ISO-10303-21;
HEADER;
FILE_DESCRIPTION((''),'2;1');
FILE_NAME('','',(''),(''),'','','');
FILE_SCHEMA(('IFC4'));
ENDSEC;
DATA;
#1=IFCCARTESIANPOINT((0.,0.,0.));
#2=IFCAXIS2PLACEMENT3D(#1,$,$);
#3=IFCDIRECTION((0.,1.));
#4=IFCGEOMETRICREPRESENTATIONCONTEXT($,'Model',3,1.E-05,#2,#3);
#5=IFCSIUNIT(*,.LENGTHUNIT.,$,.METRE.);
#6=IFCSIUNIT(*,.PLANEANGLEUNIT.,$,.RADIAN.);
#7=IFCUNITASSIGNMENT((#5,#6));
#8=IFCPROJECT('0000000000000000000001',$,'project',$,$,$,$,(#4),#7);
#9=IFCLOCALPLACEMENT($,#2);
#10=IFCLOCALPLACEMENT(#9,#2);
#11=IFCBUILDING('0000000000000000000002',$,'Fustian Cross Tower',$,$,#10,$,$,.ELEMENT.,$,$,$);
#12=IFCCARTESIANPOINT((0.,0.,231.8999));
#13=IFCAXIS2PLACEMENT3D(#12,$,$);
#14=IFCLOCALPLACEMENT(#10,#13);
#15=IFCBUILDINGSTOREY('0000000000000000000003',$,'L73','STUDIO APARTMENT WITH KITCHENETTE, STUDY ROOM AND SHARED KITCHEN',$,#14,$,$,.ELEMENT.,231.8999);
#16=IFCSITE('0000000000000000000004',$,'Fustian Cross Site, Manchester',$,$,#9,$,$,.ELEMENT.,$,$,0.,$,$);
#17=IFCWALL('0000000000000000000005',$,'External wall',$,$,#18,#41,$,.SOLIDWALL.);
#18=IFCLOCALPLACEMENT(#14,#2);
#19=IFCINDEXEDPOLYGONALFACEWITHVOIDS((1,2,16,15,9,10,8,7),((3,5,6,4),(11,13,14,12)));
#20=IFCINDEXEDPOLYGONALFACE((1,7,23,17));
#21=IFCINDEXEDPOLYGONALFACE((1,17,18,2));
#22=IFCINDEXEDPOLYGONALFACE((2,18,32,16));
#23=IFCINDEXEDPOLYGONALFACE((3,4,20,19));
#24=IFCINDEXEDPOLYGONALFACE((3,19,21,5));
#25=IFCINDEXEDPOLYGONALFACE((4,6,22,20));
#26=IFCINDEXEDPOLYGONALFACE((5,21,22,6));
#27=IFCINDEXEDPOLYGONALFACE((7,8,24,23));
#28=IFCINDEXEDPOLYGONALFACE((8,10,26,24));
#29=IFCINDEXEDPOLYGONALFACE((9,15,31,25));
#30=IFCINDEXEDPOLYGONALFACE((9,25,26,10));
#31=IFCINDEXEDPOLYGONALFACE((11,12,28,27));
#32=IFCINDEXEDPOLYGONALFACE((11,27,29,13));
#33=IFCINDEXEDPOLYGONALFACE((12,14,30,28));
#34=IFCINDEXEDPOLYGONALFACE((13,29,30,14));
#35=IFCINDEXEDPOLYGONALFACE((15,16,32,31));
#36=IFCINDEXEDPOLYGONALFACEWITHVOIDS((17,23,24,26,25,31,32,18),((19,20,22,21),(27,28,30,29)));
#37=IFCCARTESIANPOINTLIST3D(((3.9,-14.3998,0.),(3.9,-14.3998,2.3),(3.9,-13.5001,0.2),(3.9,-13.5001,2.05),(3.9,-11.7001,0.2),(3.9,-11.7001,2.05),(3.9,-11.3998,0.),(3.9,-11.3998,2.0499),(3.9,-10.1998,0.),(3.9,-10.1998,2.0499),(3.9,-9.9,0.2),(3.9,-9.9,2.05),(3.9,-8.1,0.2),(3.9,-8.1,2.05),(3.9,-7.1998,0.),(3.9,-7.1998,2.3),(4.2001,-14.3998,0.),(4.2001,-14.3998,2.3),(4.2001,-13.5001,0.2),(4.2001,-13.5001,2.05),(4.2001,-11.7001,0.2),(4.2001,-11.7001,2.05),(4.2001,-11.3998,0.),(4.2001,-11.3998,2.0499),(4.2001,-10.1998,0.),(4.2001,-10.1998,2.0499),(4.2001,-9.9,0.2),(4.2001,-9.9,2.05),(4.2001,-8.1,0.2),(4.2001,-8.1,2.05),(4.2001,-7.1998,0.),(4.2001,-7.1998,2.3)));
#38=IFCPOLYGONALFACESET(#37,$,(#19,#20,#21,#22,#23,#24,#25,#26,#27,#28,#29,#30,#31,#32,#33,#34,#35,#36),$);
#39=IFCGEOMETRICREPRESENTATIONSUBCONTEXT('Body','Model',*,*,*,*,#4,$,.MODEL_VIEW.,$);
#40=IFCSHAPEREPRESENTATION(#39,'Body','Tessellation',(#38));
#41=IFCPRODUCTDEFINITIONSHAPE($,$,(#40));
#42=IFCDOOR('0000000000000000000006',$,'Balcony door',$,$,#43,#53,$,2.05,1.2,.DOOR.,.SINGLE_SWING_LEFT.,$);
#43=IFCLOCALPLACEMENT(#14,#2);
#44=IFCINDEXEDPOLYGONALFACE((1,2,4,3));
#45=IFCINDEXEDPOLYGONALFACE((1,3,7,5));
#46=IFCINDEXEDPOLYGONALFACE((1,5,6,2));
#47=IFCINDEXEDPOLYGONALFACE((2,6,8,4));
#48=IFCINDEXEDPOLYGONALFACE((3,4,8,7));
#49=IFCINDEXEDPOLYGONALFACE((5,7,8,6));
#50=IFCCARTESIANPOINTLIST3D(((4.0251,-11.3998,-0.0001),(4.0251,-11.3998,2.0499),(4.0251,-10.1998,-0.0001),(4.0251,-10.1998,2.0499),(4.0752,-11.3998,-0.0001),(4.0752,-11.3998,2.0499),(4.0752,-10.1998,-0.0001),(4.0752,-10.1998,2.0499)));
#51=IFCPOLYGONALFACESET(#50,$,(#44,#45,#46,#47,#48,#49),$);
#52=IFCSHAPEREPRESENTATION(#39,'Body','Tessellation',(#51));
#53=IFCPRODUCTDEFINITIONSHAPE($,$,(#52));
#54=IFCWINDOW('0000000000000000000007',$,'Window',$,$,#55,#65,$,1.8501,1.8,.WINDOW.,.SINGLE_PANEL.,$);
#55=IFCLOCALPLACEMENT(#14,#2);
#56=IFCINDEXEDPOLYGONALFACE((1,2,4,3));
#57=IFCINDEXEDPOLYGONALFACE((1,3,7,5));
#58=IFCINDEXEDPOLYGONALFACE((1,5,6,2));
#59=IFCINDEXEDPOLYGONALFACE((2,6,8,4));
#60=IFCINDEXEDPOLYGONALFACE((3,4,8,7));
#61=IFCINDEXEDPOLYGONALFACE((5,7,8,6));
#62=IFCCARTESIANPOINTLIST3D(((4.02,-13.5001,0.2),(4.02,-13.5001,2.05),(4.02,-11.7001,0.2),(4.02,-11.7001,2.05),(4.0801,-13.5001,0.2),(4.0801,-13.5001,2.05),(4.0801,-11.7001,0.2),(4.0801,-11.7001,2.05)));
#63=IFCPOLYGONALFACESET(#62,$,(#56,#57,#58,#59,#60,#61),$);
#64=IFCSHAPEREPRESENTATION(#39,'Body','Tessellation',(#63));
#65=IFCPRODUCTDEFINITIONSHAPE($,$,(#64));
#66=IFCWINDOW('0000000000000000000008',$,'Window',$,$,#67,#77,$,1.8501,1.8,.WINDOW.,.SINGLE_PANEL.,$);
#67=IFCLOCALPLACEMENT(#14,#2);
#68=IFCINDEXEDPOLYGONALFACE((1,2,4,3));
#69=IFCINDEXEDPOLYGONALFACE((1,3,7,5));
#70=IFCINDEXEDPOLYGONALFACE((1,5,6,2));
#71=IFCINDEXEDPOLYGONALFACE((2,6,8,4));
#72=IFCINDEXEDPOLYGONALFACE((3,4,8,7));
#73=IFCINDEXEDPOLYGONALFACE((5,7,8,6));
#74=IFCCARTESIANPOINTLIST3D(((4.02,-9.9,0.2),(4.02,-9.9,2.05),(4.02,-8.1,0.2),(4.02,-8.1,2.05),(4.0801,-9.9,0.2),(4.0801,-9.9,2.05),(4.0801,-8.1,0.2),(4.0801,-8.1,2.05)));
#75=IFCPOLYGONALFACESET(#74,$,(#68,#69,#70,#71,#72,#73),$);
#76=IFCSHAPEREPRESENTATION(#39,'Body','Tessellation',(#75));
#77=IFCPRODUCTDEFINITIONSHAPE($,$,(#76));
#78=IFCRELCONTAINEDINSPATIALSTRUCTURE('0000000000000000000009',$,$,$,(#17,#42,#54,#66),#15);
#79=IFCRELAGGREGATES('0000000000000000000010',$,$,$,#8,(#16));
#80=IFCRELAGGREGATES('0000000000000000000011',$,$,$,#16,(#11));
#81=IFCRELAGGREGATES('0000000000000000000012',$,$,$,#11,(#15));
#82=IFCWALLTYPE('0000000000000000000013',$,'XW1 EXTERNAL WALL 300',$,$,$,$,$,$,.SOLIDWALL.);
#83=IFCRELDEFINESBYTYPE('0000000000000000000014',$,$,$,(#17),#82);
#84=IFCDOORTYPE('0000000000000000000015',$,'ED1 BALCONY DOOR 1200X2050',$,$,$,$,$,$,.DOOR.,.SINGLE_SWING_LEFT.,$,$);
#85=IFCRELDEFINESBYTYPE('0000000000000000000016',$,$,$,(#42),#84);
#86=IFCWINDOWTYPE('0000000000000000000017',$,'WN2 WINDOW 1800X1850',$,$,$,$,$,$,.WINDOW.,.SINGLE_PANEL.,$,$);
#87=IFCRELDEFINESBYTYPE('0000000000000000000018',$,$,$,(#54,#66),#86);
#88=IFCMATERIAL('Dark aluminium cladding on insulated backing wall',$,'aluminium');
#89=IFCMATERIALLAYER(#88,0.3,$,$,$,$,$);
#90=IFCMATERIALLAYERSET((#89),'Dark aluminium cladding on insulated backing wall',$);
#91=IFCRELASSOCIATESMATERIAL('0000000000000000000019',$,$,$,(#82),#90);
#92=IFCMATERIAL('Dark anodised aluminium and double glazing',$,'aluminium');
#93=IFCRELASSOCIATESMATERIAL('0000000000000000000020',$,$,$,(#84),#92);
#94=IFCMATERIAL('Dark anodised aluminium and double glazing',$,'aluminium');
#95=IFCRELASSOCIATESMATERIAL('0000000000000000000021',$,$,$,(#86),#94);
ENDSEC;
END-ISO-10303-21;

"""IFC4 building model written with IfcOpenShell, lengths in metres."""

from ifc_helpers import new_model, si_unit, direction, frame, frame_2d, origin, place, context, subcontext, project, spatial, rectangle, extrude, material, layer, layer_set, type_object, element, fill, save


model = new_model("IFC4")

# Units and contexts
model_context = context("Model", 3, precision=1e-05, world=origin(), true_north=direction((0.0, 1.0)))
body_context = subcontext(model_context, "Body", "Model", "MODEL_VIEW")
ifc_project = project(units=[si_unit("LENGTHUNIT", "METRE"), si_unit("PLANEANGLEUNIT", "RADIAN")], contexts=[model_context])

# Site, building, storey
site_placement = place(None, origin())
site = spatial("IfcSite", under=ifc_project, at=site_placement, Name="Fustian Cross Site, Manchester", CompositionType="ELEMENT", RefElevation=0.0)
building_placement = place(site_placement, origin())
building = spatial("IfcBuilding", under=site, at=building_placement, Name="Fustian Cross Tower", CompositionType="ELEMENT")
storey_placement = place(building_placement, frame((0.0, 0.0, 231.8999)))
storey = spatial("IfcBuildingStorey", under=building, at=storey_placement, Name="L73", Description="STUDIO APARTMENT WITH KITCHENETTE, STUDY ROOM AND SHARED KITCHEN", CompositionType="ELEMENT", Elevation=231.8999)

# Shared definitions
ifc_material_1 = material(Name="Dark aluminium cladding on insulated backing wall", Category="aluminium")
ifc_layer_1 = layer(ifc_material_1, 0.3)
ifc_layer_set_1 = layer_set([ifc_layer_1], Name="Dark aluminium cladding on insulated backing wall")
wall_type_1 = type_object("IfcWallType", Name="XW1 EXTERNAL WALL 300", PredefinedType="SOLIDWALL", material=ifc_layer_set_1)

# Wall, openings, door, windows
wall_1_placement = place(storey_placement, frame((4.05, -14.3999, 0.0), z_axis=(0.0, 0.0, 1.0), x_axis=(0.0, 1.0, 0.0)))
wall_1 = element("IfcWall", 1, at=wall_1_placement, inside=storey, type_object=wall_type_1, Name="External wall", PredefinedType="SOLIDWALL", context=body_context, shape_type="SweptSolid", body=[
    extrude(rectangle(XDim=7.2, YDim=0.3, at=frame_2d((3.6001, 0.0))), origin(), (0.0, 0.0, 1.0), 2.3),
])
opening_1_placement = place(wall_1_placement, frame((3.0, 0.0, 0.0)))
opening_1 = element("IfcOpeningElement", 2, at=opening_1_placement, cuts=wall_1, PredefinedType="OPENING", context=body_context, shape_type="SweptSolid", body=[
    extrude(rectangle(XDim=1.2, YDim=2.05, at=frame_2d((0.6001, 1.0249))), frame((0.0, 0.1599, 0.0), z_axis=(0.0, -1.0, 0.0), x_axis=(1.0, 0.0, 0.0)), (0.0, 0.0, 1.0), 0.3201),
])
opening_2_placement = place(wall_1_placement, frame((0.8999, 0.0, 0.2)))
opening_2 = element("IfcOpeningElement", 3, at=opening_2_placement, cuts=wall_1, PredefinedType="OPENING", context=body_context, shape_type="SweptSolid", body=[
    extrude(rectangle(XDim=1.8, YDim=1.8501, at=frame_2d((0.8999, 0.925))), frame((0.0, 0.1599, 0.0), z_axis=(0.0, -1.0, 0.0), x_axis=(1.0, 0.0, 0.0)), (0.0, 0.0, 1.0), 0.3201),
])
opening_3_placement = place(wall_1_placement, frame((4.5, 0.0, 0.2)))
opening_3 = element("IfcOpeningElement", 4, at=opening_3_placement, cuts=wall_1, PredefinedType="OPENING", context=body_context, shape_type="SweptSolid", body=[
    extrude(rectangle(XDim=1.8, YDim=1.8501, at=frame_2d((0.8999, 0.925))), frame((0.0, 0.1599, 0.0), z_axis=(0.0, -1.0, 0.0), x_axis=(1.0, 0.0, 0.0)), (0.0, 0.0, 1.0), 0.3201),
])
ifc_material_2 = material(Name="Dark anodised aluminium and double glazing", Category="aluminium")
door_type_1 = type_object("IfcDoorType", Name="ED1 BALCONY DOOR 1200X2050", OperationType="SINGLE_SWING_LEFT", PredefinedType="DOOR", material=ifc_material_2)
door_1_placement = place(opening_1_placement, origin())
door_1 = element("IfcDoor", 5, at=door_1_placement, inside=storey, type_object=door_type_1, Name="Balcony door", OperationType="SINGLE_SWING_LEFT", OverallHeight=2.05, OverallWidth=1.2, PredefinedType="DOOR", context=body_context, shape_type="SweptSolid", body=[
    extrude(rectangle(XDim=1.2, YDim=2.05, at=frame_2d((0.6001, 1.0249))), frame((0.0, 0.0249, 0.0), z_axis=(0.0, -1.0, 0.0), x_axis=(1.0, 0.0, 0.0)), (0.0, 0.0, 1.0), 0.05),
])
fill(opening_1, door_1)
ifc_material_3 = material(Name="Dark anodised aluminium and double glazing", Category="aluminium")
window_type_1 = type_object("IfcWindowType", Name="WN2 WINDOW 1800X1850", PartitioningType="SINGLE_PANEL", PredefinedType="WINDOW", material=ifc_material_3)
window_1_placement = place(opening_2_placement, origin())
window_1 = element("IfcWindow", 6, at=window_1_placement, inside=storey, type_object=window_type_1, Name="Window", OverallHeight=1.8501, OverallWidth=1.8, PartitioningType="SINGLE_PANEL", PredefinedType="WINDOW", context=body_context, shape_type="SweptSolid", body=[
    extrude(rectangle(XDim=1.8, YDim=1.8501, at=frame_2d((0.8999, 0.925))), frame((0.0, 0.03, 0.0), z_axis=(0.0, -1.0, 0.0), x_axis=(1.0, 0.0, 0.0)), (0.0, 0.0, 1.0), 0.0601),
])
fill(opening_2, window_1)
window_2_placement = place(opening_3_placement, origin())
window_2 = element("IfcWindow", 7, at=window_2_placement, inside=storey, type_object=window_type_1, Name="Window", OverallHeight=1.8501, OverallWidth=1.8, PartitioningType="SINGLE_PANEL", PredefinedType="WINDOW", context=body_context, shape_type="SweptSolid", body=[
    extrude(rectangle(XDim=1.8, YDim=1.8501, at=frame_2d((0.8999, 0.925))), frame((0.0, 0.03, 0.0), z_axis=(0.0, -1.0, 0.0), x_axis=(1.0, 0.0, 0.0)), (0.0, 0.0, 1.0), 0.0601),
])
fill(opening_3, window_2)

save(model, "model.ifc")
